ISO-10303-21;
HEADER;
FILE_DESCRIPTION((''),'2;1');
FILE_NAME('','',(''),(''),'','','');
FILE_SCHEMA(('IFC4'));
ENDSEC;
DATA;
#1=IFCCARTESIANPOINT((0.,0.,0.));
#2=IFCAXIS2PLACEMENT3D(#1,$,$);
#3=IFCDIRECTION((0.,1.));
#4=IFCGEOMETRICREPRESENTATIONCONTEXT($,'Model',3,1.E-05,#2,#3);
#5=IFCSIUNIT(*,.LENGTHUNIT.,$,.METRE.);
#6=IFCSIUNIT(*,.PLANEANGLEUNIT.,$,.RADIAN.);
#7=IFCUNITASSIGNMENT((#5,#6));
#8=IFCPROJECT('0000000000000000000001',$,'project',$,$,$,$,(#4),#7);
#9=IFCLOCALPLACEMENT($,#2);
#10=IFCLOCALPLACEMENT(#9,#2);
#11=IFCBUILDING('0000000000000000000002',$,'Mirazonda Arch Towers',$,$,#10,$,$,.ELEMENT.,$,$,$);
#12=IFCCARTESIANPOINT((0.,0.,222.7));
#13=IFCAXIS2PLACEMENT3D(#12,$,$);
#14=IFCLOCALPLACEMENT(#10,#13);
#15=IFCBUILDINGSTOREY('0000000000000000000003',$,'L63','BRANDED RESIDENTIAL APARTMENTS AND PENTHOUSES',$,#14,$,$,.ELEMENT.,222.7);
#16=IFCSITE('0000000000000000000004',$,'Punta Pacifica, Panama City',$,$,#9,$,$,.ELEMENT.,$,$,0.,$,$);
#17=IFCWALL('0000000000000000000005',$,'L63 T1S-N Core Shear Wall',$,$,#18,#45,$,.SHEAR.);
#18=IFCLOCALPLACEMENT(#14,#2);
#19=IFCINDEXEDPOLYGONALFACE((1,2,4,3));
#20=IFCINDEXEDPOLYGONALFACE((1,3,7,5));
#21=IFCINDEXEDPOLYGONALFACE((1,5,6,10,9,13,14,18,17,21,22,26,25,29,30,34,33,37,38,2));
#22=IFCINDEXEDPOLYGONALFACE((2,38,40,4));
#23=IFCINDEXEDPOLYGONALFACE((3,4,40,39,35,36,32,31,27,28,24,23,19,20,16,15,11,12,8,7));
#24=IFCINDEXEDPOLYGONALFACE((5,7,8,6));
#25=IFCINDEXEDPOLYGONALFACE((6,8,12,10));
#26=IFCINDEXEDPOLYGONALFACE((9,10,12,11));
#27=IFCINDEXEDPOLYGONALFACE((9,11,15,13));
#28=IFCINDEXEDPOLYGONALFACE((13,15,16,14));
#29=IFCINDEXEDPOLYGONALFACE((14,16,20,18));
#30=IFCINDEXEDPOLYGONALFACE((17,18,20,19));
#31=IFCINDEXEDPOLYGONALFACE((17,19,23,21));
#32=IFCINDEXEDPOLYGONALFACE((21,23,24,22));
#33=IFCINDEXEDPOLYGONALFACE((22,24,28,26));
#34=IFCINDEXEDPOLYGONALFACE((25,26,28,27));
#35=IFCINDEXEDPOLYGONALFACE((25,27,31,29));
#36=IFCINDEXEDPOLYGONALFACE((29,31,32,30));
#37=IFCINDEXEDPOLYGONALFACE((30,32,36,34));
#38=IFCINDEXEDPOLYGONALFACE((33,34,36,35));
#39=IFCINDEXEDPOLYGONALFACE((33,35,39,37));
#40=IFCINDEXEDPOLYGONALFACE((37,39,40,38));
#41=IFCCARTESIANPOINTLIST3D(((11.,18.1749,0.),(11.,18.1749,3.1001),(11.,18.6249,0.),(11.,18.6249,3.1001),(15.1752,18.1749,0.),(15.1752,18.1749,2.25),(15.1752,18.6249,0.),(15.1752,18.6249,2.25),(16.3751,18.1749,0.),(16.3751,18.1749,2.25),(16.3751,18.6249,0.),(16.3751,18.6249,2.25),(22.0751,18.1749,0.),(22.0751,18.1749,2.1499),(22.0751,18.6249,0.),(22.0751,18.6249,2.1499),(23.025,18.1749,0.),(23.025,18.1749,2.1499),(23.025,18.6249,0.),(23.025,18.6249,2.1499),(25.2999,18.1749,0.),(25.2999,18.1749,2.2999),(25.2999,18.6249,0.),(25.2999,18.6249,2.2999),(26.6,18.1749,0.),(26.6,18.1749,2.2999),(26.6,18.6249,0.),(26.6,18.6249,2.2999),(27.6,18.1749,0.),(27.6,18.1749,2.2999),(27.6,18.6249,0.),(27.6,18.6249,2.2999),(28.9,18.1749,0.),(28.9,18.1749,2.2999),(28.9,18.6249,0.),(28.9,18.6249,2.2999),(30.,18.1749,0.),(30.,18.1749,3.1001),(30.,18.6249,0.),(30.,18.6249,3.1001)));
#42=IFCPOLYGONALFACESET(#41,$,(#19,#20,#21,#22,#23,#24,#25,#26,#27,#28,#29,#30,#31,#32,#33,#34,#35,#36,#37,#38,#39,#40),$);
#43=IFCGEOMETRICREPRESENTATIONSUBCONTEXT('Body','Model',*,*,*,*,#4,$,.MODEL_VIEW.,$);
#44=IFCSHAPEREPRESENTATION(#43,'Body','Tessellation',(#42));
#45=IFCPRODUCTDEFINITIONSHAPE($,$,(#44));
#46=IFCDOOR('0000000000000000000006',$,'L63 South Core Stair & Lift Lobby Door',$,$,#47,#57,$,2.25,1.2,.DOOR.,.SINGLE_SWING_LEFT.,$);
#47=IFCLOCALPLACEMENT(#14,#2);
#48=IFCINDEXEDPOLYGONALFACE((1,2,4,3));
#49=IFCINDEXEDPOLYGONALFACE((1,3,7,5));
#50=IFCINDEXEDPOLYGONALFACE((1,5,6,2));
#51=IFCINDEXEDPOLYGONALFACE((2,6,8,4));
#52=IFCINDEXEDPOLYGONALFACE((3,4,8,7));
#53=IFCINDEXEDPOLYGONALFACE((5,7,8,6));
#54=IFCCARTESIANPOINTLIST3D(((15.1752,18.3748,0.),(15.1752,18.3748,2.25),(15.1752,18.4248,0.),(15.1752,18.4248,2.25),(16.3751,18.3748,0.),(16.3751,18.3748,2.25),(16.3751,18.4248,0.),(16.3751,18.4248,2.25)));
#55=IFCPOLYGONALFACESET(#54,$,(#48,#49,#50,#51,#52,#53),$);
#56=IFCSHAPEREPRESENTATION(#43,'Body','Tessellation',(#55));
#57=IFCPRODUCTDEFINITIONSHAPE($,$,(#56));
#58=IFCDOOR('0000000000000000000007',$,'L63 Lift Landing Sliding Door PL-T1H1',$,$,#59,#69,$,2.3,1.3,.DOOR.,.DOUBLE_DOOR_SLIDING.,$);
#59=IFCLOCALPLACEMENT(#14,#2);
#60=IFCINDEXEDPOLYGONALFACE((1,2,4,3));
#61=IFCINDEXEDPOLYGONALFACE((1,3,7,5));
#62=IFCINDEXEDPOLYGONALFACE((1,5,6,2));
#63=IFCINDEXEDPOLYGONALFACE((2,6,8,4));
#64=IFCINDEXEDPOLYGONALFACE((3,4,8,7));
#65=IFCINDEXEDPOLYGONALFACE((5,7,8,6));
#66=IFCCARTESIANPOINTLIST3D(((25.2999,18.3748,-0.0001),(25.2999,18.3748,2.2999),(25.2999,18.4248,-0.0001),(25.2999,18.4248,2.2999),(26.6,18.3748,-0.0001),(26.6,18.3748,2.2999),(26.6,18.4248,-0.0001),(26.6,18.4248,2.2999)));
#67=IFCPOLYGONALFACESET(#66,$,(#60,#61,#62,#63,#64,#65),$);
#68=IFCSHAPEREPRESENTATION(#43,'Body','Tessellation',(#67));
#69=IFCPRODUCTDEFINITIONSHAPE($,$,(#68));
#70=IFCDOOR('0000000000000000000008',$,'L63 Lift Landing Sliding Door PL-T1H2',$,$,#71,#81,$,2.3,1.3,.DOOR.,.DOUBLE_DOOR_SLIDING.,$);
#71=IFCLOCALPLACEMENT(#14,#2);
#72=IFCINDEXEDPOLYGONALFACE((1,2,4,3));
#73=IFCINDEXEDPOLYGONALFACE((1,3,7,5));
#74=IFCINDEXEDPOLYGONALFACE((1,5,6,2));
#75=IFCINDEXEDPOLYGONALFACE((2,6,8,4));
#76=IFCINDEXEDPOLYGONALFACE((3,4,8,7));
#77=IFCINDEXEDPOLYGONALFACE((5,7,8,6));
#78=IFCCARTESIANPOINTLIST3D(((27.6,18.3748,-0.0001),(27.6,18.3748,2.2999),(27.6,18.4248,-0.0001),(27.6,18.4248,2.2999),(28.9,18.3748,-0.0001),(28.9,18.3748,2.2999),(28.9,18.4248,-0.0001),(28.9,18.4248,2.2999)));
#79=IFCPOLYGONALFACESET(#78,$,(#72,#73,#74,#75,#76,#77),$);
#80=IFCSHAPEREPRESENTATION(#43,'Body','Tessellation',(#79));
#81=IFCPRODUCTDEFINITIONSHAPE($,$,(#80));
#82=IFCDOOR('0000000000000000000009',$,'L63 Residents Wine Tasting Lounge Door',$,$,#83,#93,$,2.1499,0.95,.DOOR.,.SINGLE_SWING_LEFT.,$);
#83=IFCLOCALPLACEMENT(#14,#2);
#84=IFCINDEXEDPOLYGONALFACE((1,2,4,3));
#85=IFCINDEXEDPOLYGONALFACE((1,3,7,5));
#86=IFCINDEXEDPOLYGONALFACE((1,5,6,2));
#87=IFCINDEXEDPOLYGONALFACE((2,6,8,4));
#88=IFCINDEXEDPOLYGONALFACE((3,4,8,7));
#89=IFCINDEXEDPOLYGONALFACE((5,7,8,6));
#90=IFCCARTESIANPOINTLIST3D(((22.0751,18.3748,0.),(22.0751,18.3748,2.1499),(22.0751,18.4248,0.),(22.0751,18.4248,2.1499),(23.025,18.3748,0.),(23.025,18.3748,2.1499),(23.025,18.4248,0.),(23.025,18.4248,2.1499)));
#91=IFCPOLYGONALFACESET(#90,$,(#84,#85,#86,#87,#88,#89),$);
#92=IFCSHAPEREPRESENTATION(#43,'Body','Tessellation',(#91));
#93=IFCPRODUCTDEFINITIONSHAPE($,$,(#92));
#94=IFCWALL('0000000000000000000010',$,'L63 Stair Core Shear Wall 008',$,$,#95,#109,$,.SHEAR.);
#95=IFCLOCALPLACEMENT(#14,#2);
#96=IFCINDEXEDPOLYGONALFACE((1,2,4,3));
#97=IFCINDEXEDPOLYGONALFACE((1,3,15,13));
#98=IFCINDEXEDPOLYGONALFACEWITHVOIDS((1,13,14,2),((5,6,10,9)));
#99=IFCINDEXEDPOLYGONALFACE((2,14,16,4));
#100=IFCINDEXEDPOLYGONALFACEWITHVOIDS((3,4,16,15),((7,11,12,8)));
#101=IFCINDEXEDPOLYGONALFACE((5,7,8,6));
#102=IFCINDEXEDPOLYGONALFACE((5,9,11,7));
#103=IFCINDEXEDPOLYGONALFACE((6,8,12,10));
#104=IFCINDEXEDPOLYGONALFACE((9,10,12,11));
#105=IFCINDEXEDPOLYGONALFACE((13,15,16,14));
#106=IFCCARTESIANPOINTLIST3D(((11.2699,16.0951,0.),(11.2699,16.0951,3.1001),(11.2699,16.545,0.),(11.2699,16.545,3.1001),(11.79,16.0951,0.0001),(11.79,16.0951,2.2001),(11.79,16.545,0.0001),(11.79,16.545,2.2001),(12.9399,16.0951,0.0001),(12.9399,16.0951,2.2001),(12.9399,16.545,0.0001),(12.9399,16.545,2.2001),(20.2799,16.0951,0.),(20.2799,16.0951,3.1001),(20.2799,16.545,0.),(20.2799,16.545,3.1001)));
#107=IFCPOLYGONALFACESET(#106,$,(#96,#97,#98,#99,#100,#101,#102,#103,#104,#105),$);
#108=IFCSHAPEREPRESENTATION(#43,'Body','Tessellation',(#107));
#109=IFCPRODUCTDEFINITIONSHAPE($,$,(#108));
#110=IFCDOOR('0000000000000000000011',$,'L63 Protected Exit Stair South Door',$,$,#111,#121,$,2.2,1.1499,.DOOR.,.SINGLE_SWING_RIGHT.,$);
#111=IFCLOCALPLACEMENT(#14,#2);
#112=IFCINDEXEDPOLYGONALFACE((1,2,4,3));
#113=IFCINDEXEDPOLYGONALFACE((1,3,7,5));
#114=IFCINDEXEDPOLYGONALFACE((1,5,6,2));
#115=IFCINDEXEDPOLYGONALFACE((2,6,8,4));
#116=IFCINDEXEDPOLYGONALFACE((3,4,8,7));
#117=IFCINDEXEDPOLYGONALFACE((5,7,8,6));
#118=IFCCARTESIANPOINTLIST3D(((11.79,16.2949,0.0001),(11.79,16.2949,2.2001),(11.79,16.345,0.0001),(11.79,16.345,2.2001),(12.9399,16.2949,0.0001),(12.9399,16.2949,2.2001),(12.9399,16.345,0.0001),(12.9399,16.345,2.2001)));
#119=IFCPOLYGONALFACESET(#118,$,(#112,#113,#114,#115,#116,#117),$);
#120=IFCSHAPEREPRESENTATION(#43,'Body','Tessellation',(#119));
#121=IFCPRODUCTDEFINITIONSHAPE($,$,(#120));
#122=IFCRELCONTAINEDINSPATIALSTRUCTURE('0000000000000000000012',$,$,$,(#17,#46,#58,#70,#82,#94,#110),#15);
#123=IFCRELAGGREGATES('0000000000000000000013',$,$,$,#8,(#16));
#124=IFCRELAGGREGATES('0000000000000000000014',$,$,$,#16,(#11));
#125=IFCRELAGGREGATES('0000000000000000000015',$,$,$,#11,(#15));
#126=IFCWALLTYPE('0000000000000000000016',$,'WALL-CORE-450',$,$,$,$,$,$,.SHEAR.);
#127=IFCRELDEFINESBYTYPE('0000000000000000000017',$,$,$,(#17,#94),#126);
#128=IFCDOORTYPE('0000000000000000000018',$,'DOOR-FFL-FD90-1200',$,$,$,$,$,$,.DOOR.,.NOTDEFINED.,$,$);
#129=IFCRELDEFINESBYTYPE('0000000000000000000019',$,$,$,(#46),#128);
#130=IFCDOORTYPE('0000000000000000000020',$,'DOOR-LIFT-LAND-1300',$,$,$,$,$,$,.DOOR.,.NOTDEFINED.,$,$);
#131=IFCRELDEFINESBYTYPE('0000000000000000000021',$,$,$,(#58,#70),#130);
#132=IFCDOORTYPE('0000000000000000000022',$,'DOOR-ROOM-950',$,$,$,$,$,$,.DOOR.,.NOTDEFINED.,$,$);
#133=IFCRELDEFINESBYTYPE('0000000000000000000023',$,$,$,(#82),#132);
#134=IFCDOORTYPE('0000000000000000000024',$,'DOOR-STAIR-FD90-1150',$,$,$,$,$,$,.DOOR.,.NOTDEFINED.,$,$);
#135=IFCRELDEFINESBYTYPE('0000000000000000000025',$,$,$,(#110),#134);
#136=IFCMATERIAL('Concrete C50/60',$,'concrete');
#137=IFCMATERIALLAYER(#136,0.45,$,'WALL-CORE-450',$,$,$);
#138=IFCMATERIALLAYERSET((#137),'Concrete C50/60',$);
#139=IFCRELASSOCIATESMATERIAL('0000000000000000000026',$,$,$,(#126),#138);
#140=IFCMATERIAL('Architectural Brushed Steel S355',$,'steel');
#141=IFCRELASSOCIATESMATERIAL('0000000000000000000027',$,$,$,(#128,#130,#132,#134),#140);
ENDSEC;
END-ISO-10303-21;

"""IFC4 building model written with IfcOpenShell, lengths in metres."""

from ifc_helpers import new_model, si_unit, direction, frame, frame_2d, origin, place, context, subcontext, project, spatial, rectangle, extrude, material, layer, layer_set, type_object, element, fill, save


model = new_model("IFC4")

# Units and contexts
model_context = context("Model", 3, precision=1e-05, world=origin(), true_north=direction((0.0, 1.0)))
body_context = subcontext(model_context, "Body", "Model", "MODEL_VIEW")
ifc_project = project(units=[si_unit("LENGTHUNIT", "METRE"), si_unit("PLANEANGLEUNIT", "RADIAN")], contexts=[model_context])

# Site, building, storey
site_placement = place(None, origin())
site = spatial("IfcSite", under=ifc_project, at=site_placement, Name="Punta Pacifica, Panama City", CompositionType="ELEMENT", RefElevation=0.0)
building_placement = place(site_placement, origin())
building = spatial("IfcBuilding", under=site, at=building_placement, Name="Mirazonda Arch Towers", CompositionType="ELEMENT")
storey_placement = place(building_placement, frame((0.0, 0.0, 222.7)))
storey = spatial("IfcBuildingStorey", under=building, at=storey_placement, Name="L63", Description="BRANDED RESIDENTIAL APARTMENTS AND PENTHOUSES", CompositionType="ELEMENT", Elevation=222.7)

# Shared definitions
ifc_material_1 = material(Name="Concrete C50/60", Category="concrete")

# Wall, openings, doors
ifc_layer_1 = layer(ifc_material_1, 0.45, Name="WALL-CORE-450")
ifc_layer_set_1 = layer_set([ifc_layer_1], Name="Concrete C50/60")
wall_type_1 = type_object("IfcWallType", Name="WALL-CORE-450", PredefinedType="SHEAR", material=ifc_layer_set_1)
wall_1_placement = place(storey_placement, frame((11.0, 18.3999, 0.0), z_axis=(0.0, 0.0, 1.0), x_axis=(1.0, 0.0, 0.0)))
wall_1 = element("IfcWall", 1, at=wall_1_placement, inside=storey, type_object=wall_type_1, Name="L63 T1S-N Core Shear Wall", PredefinedType="SHEAR", context=body_context, shape_type="SweptSolid", body=[
    extrude(rectangle(XDim=19.0, YDim=0.45, at=frame_2d((9.5, 0.0))), origin(), (0.0, 0.0, 1.0), 3.1001),
])
opening_1_placement = place(wall_1_placement, frame((4.175, 0.0, 0.0)))
opening_1 = element("IfcOpeningElement", 2, at=opening_1_placement, cuts=wall_1, PredefinedType="OPENING", context=body_context, shape_type="SweptSolid", body=[
    extrude(rectangle(XDim=1.2, YDim=2.25, at=frame_2d((0.6001, 1.125))), frame((0.0, 0.2349, 0.0), z_axis=(0.0, -1.0, 0.0), x_axis=(1.0, 0.0, 0.0)), (0.0, 0.0, 1.0), 0.47),
])
opening_2_placement = place(wall_1_placement, frame((11.075, 0.0, 0.0)))
opening_2 = element("IfcOpeningElement", 3, at=opening_2_placement, cuts=wall_1, PredefinedType="OPENING", context=body_context, shape_type="SweptSolid", body=[
    extrude(rectangle(XDim=0.95, YDim=2.1499, at=frame_2d((0.4751, 1.075))), frame((0.0, 0.2349, 0.0), z_axis=(0.0, -1.0, 0.0), x_axis=(1.0, 0.0, 0.0)), (0.0, 0.0, 1.0), 0.47),
])
opening_3_placement = place(wall_1_placement, frame((14.3, 0.0, 0.0)))
opening_3 = element("IfcOpeningElement", 4, at=opening_3_placement, cuts=wall_1, PredefinedType="OPENING", context=body_context, shape_type="SweptSolid", body=[
    extrude(rectangle(XDim=1.3, YDim=2.3, at=frame_2d((0.6499, 1.1499))), frame((0.0, 0.2349, 0.0), z_axis=(0.0, -1.0, 0.0), x_axis=(1.0, 0.0, 0.0)), (0.0, 0.0, 1.0), 0.47),
])
opening_4_placement = place(wall_1_placement, frame((16.6001, 0.0, 0.0)))
opening_4 = element("IfcOpeningElement", 5, at=opening_4_placement, cuts=wall_1, PredefinedType="OPENING", context=body_context, shape_type="SweptSolid", body=[
    extrude(rectangle(XDim=1.3, YDim=2.3, at=frame_2d((0.6499, 1.1499))), frame((0.0, 0.2349, 0.0), z_axis=(0.0, -1.0, 0.0), x_axis=(1.0, 0.0, 0.0)), (0.0, 0.0, 1.0), 0.47),
])
ifc_material_2 = material(Name="Architectural Brushed Steel S355", Category="steel")
door_type_1 = type_object("IfcDoorType", Name="DOOR-FFL-FD90-1200", OperationType="NOTDEFINED", PredefinedType="DOOR", material=ifc_material_2)
door_1_placement = place(opening_1_placement, origin())
door_1 = element("IfcDoor", 6, at=door_1_placement, inside=storey, type_object=door_type_1, Name="L63 South Core Stair & Lift Lobby Door", OperationType="SINGLE_SWING_LEFT", OverallHeight=2.25, OverallWidth=1.2, PredefinedType="DOOR", context=body_context, shape_type="SweptSolid", body=[
    extrude(rectangle(XDim=1.2, YDim=2.25, at=frame_2d((0.6001, 1.125))), frame((0.0, 0.0249, 0.0), z_axis=(0.0, -1.0, 0.0), x_axis=(1.0, 0.0, 0.0)), (0.0, 0.0, 1.0), 0.05),
])
fill(opening_1, door_1)
door_type_2 = type_object("IfcDoorType", Name="DOOR-LIFT-LAND-1300", OperationType="NOTDEFINED", PredefinedType="DOOR", material=ifc_material_2)
door_2_placement = place(opening_3_placement, origin())
door_2 = element("IfcDoor", 7, at=door_2_placement, inside=storey, type_object=door_type_2, Name="L63 Lift Landing Sliding Door PL-T1H1", OperationType="DOUBLE_DOOR_SLIDING", OverallHeight=2.3, OverallWidth=1.3, PredefinedType="DOOR", context=body_context, shape_type="SweptSolid", body=[
    extrude(rectangle(XDim=1.3, YDim=2.3, at=frame_2d((0.6499, 1.1499))), frame((0.0, 0.0249, 0.0), z_axis=(0.0, -1.0, 0.0), x_axis=(1.0, 0.0, 0.0)), (0.0, 0.0, 1.0), 0.05),
])
fill(opening_3, door_2)
door_3_placement = place(opening_4_placement, origin())
door_3 = element("IfcDoor", 8, at=door_3_placement, inside=storey, type_object=door_type_2, Name="L63 Lift Landing Sliding Door PL-T1H2", OperationType="DOUBLE_DOOR_SLIDING", OverallHeight=2.3, OverallWidth=1.3, PredefinedType="DOOR", context=body_context, shape_type="SweptSolid", body=[
    extrude(rectangle(XDim=1.3, YDim=2.3, at=frame_2d((0.6499, 1.1499))), frame((0.0, 0.0249, 0.0), z_axis=(0.0, -1.0, 0.0), x_axis=(1.0, 0.0, 0.0)), (0.0, 0.0, 1.0), 0.05),
])
fill(opening_4, door_3)
door_type_3 = type_object("IfcDoorType", Name="DOOR-ROOM-950", OperationType="NOTDEFINED", PredefinedType="DOOR", material=ifc_material_2)
door_4_placement = place(opening_2_placement, origin())
door_4 = element("IfcDoor", 9, at=door_4_placement, inside=storey, type_object=door_type_3, Name="L63 Residents Wine Tasting Lounge Door", OperationType="SINGLE_SWING_LEFT", OverallHeight=2.1499, OverallWidth=0.95, PredefinedType="DOOR", context=body_context, shape_type="SweptSolid", body=[
    extrude(rectangle(XDim=0.95, YDim=2.1499, at=frame_2d((0.4751, 1.075))), frame((0.0, 0.0249, 0.0), z_axis=(0.0, -1.0, 0.0), x_axis=(1.0, 0.0, 0.0)), (0.0, 0.0, 1.0), 0.05),
])
fill(opening_2, door_4)

# Wall, opening, door
wall_2_placement = place(storey_placement, frame((11.27, 16.3201, 0.0), z_axis=(0.0, 0.0, 1.0), x_axis=(1.0, 0.0, 0.0)))
wall_2 = element("IfcWall", 10, at=wall_2_placement, inside=storey, type_object=wall_type_1, Name="L63 Stair Core Shear Wall 008", PredefinedType="SHEAR", context=body_context, shape_type="SweptSolid", body=[
    extrude(rectangle(XDim=9.01, YDim=0.45, at=frame_2d((4.5049, 0.0))), origin(), (0.0, 0.0, 1.0), 3.1001),
])
opening_5_placement = place(wall_2_placement, frame((0.52, 0.0, 0.0)))
opening_5 = element("IfcOpeningElement", 11, at=opening_5_placement, cuts=wall_2, PredefinedType="OPENING", context=body_context, shape_type="SweptSolid", body=[
    extrude(rectangle(XDim=1.1499, YDim=2.2, at=frame_2d((0.575, 1.1001))), frame((0.0, 0.2349, 0.0), z_axis=(0.0, -1.0, 0.0), x_axis=(1.0, 0.0, 0.0)), (0.0, 0.0, 1.0), 0.47),
])
door_type_4 = type_object("IfcDoorType", Name="DOOR-STAIR-FD90-1150", OperationType="NOTDEFINED", PredefinedType="DOOR", material=ifc_material_2)
door_5_placement = place(opening_5_placement, origin())
door_5 = element("IfcDoor", 12, at=door_5_placement, inside=storey, type_object=door_type_4, Name="L63 Protected Exit Stair South Door", OperationType="SINGLE_SWING_RIGHT", OverallHeight=2.2, OverallWidth=1.1499, PredefinedType="DOOR", context=body_context, shape_type="SweptSolid", body=[
    extrude(rectangle(XDim=1.1499, YDim=2.2, at=frame_2d((0.575, 1.1001))), frame((0.0, 0.0249, 0.0), z_axis=(0.0, -1.0, 0.0), x_axis=(1.0, 0.0, 0.0)), (0.0, 0.0, 1.0), 0.05),
])
fill(opening_5, door_5)

save(model, "model.ifc")
